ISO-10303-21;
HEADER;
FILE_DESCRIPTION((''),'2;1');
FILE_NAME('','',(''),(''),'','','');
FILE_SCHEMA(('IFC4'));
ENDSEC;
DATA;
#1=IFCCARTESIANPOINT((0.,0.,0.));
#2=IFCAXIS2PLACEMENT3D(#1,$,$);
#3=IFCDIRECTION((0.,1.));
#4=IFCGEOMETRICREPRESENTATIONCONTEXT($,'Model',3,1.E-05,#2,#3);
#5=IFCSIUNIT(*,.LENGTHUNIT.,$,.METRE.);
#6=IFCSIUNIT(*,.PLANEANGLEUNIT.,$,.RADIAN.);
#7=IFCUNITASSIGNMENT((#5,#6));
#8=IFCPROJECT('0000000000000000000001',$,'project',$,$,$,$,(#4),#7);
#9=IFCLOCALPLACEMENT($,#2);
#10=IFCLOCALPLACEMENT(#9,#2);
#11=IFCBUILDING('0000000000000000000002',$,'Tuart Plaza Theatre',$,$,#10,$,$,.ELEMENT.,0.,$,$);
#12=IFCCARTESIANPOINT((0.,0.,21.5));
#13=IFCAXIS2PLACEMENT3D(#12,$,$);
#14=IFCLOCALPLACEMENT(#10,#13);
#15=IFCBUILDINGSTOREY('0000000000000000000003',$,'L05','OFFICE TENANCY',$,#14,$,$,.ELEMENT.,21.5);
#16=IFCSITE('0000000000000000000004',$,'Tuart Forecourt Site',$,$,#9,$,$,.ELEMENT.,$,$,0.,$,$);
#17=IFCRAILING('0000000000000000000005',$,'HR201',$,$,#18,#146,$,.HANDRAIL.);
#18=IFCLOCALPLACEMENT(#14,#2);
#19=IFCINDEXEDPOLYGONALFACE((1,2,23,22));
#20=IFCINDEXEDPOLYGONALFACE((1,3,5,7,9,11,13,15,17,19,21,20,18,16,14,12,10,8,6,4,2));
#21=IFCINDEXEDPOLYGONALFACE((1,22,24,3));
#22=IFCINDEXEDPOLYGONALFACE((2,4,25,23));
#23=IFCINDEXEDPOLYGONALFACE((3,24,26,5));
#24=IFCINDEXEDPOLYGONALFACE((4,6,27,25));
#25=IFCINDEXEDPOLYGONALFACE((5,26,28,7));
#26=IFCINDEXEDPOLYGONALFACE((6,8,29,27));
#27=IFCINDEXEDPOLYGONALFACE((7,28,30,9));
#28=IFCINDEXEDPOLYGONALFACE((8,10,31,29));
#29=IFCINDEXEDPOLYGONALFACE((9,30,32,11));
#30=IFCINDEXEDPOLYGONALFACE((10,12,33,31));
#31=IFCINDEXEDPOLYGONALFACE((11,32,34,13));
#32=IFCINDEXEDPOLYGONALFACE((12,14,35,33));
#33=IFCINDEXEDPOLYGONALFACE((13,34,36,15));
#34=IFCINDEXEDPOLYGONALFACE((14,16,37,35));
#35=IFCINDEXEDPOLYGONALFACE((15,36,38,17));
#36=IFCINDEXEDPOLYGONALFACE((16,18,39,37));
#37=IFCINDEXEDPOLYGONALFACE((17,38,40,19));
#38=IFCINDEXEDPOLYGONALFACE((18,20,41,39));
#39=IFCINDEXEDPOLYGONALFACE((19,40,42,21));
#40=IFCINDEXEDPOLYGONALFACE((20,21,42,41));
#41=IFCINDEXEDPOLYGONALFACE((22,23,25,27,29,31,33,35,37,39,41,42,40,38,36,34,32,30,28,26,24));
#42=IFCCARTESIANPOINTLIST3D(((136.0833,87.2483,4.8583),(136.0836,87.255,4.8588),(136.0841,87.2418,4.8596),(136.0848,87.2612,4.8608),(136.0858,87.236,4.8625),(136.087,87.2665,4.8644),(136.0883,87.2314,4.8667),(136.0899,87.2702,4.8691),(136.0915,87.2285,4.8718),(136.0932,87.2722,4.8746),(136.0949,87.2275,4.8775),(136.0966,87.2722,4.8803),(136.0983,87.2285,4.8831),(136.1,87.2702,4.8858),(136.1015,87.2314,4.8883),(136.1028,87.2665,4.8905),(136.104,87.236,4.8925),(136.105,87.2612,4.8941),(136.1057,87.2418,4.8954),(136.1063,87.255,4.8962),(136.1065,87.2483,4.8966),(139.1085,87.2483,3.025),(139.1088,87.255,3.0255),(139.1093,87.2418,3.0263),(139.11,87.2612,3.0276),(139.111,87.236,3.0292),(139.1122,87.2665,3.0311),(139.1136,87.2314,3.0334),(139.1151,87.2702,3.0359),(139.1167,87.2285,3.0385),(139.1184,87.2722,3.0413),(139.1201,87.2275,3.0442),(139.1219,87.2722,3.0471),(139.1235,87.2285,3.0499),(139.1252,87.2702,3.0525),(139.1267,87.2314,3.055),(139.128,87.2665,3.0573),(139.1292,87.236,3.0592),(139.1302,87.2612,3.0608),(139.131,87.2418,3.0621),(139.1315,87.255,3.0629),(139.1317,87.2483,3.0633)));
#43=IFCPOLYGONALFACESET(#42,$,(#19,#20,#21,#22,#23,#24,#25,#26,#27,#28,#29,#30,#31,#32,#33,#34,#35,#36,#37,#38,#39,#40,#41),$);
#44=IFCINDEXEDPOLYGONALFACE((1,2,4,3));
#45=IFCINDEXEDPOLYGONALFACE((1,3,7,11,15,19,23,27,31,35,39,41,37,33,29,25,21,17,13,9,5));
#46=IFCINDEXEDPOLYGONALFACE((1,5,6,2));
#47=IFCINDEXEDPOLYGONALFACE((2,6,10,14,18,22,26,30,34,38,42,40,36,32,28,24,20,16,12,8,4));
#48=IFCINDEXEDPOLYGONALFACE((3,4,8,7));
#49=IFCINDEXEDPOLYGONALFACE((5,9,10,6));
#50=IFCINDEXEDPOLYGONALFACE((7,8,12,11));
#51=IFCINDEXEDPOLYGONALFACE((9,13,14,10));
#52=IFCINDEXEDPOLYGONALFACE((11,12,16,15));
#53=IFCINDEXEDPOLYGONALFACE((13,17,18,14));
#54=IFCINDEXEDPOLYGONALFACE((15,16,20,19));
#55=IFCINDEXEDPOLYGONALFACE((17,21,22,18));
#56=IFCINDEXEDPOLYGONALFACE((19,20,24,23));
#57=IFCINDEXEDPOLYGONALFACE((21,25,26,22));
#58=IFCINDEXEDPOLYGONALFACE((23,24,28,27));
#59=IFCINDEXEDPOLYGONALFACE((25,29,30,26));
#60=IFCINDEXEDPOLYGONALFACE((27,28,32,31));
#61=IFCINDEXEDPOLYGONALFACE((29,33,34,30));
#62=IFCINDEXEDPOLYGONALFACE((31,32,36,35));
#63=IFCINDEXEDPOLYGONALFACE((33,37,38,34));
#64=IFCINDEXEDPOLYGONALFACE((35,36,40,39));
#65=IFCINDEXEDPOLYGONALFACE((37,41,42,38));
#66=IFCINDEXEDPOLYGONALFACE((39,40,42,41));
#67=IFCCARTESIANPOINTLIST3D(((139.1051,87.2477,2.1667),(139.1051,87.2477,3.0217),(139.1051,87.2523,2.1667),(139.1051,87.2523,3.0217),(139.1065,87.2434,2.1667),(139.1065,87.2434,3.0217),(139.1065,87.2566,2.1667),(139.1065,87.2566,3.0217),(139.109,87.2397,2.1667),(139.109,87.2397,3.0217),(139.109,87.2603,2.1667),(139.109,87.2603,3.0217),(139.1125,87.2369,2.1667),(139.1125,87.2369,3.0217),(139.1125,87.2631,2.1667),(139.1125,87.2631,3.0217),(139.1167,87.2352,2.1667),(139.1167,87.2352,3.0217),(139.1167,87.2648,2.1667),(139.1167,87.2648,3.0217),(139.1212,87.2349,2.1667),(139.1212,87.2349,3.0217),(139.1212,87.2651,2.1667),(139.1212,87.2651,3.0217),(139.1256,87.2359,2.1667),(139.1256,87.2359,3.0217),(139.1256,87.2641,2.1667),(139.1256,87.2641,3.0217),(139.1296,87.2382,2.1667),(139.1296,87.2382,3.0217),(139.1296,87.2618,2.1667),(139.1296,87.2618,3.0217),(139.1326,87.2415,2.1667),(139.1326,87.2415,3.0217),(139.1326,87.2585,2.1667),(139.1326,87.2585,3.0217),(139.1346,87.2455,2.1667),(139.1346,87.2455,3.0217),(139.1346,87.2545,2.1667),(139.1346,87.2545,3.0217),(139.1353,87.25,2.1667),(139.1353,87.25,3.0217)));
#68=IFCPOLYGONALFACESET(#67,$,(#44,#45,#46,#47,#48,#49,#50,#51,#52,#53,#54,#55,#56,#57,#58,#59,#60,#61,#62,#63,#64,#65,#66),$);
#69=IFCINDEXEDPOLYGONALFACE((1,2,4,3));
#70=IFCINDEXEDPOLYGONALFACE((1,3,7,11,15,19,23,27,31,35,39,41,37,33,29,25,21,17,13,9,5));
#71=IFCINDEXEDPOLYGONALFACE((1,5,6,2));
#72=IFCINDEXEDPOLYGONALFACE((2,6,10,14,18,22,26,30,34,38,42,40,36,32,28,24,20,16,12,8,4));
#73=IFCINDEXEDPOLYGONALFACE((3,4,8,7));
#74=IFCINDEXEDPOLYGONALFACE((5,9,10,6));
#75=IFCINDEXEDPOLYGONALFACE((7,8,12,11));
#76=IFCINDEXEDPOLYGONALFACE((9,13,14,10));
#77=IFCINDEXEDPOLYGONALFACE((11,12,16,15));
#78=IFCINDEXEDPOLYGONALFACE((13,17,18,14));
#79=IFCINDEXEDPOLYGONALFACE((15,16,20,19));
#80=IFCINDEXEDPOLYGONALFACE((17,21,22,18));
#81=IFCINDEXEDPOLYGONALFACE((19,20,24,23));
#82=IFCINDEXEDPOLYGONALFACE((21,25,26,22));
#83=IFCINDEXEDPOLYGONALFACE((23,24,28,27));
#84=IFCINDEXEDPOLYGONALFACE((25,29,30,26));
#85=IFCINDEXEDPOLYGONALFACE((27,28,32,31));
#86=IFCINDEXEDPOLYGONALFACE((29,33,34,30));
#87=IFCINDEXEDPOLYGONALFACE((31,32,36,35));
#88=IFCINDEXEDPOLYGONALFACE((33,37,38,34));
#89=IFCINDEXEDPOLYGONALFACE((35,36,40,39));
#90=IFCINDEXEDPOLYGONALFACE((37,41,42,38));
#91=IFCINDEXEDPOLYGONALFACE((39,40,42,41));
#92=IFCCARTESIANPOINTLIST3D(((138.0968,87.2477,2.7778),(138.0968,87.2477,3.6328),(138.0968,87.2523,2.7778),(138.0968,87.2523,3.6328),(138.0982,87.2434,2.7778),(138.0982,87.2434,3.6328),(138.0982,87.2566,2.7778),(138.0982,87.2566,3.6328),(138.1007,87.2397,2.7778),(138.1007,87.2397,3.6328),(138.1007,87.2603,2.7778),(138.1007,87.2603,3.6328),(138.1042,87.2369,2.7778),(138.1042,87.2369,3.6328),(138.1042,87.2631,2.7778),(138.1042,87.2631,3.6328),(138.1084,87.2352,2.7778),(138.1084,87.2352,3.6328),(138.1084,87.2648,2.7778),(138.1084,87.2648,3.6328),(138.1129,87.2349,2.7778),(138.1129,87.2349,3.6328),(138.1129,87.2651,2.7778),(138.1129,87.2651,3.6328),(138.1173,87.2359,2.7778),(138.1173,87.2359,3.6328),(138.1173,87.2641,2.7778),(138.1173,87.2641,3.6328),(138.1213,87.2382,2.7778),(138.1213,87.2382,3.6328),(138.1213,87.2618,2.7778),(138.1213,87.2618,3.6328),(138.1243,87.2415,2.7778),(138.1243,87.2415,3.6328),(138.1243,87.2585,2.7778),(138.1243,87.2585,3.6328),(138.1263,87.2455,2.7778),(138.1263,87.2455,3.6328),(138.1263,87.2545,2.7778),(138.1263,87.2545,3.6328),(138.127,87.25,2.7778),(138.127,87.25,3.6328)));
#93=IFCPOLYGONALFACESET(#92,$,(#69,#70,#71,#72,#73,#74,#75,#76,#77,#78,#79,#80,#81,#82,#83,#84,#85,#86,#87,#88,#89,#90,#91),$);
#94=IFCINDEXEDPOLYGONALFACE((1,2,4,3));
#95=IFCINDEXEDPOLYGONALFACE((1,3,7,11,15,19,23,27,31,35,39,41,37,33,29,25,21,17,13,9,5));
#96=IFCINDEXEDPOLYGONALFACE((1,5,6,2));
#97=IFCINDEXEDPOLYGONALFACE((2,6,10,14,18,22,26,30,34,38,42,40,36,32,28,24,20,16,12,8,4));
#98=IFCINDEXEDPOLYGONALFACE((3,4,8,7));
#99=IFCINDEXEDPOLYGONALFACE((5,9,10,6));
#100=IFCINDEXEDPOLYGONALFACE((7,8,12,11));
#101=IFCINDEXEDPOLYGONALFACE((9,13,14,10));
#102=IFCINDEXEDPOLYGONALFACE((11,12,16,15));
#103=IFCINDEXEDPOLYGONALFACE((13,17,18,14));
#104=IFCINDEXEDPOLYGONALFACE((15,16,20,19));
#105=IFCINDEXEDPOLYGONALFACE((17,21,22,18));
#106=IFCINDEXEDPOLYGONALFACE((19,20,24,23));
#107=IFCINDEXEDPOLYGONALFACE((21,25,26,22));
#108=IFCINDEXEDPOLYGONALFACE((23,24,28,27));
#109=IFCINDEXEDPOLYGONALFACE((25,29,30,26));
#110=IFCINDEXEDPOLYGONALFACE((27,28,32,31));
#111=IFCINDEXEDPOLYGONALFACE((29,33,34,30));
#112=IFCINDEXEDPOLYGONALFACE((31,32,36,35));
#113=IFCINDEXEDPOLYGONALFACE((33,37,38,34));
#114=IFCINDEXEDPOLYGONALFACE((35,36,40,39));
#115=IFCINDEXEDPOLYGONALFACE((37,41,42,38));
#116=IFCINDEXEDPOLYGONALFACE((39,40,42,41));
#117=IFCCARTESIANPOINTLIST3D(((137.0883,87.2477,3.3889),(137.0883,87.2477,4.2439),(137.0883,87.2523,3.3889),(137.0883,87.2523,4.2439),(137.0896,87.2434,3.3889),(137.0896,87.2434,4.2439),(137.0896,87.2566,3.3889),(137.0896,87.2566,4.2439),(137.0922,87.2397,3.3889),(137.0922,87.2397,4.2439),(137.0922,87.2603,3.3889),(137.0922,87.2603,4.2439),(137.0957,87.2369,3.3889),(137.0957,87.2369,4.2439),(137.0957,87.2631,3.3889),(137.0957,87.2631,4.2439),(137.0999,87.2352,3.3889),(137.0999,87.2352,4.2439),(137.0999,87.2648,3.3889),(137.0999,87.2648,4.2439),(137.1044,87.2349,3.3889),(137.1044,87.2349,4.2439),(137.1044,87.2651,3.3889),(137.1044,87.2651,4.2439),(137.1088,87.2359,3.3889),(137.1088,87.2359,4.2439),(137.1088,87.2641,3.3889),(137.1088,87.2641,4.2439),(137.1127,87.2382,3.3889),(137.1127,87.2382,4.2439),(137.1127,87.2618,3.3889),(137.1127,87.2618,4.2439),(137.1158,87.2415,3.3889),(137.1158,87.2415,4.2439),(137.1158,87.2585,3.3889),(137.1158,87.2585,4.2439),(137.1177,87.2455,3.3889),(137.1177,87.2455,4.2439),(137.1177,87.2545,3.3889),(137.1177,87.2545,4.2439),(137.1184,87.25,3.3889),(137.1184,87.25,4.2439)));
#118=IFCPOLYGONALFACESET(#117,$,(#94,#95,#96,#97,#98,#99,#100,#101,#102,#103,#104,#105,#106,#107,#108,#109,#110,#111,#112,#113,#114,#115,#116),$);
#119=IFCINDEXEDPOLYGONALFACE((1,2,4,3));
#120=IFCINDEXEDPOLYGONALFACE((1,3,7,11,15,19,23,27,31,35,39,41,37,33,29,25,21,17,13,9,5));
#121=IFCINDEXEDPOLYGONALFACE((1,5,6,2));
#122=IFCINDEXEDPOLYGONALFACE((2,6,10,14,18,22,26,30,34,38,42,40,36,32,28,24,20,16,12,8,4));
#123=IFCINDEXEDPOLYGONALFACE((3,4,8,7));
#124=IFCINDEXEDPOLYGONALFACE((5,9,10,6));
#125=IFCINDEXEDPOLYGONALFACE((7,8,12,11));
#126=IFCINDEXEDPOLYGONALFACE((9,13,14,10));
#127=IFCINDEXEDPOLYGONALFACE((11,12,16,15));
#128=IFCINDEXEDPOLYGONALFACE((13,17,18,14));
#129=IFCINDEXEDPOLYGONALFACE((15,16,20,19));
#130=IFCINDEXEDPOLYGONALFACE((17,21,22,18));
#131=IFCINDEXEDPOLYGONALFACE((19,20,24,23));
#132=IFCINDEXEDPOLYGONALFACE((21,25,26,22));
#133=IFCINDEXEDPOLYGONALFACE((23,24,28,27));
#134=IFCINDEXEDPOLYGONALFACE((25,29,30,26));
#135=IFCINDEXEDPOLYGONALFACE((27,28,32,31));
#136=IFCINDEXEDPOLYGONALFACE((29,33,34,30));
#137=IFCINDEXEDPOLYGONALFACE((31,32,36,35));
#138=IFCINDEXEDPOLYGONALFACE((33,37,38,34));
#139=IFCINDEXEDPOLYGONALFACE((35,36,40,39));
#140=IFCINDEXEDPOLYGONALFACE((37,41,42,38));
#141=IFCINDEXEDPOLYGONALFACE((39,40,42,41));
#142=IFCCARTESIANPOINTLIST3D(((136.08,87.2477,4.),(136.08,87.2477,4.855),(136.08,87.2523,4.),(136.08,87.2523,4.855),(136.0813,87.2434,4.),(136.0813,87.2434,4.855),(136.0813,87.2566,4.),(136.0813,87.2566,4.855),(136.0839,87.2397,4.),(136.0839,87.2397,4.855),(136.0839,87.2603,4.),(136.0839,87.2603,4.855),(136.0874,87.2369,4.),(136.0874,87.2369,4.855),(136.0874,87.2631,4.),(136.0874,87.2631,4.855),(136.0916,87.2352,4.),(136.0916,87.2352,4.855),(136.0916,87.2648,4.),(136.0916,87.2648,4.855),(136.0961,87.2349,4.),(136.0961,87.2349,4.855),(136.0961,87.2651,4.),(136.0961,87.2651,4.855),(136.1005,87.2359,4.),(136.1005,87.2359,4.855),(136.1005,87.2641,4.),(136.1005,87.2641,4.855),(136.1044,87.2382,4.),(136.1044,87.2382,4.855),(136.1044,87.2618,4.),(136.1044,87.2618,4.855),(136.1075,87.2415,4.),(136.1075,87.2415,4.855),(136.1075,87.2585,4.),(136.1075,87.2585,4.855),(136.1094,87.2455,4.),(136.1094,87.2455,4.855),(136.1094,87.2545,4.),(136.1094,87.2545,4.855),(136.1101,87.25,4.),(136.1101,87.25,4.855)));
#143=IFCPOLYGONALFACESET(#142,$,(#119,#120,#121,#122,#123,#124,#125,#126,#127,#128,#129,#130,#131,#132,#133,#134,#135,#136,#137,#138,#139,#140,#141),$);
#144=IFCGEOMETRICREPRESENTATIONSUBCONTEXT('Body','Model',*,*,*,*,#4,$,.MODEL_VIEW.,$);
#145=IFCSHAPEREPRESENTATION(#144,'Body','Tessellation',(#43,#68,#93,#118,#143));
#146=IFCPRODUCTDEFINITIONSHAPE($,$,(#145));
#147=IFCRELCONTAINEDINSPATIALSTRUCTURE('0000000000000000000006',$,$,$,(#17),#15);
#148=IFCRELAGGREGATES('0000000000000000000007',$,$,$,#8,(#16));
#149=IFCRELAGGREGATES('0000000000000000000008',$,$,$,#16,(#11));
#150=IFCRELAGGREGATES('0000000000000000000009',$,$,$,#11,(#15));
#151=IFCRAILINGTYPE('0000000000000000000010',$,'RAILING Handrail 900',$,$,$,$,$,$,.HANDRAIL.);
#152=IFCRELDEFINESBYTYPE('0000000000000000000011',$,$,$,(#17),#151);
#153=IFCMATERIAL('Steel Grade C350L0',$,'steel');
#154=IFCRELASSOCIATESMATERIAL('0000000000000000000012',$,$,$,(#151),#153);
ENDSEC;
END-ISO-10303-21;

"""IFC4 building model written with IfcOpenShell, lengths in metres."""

from ifc_helpers import new_model, si_unit, direction, frame, origin, origin_2d, place, context, subcontext, project, spatial, circle, extrude, material, type_object, element, save


model = new_model("IFC4")

# Units and contexts
model_context = context("Model", 3, precision=1e-05, world=origin(), true_north=direction((0.0, 1.0)))
body_context = subcontext(model_context, "Body", "Model", "MODEL_VIEW")
ifc_project = project(units=[si_unit("LENGTHUNIT", "METRE"), si_unit("PLANEANGLEUNIT", "RADIAN")], contexts=[model_context])

# Site, building, storey
site_placement = place(None, origin())
site = spatial("IfcSite", under=ifc_project, at=site_placement, Name="Tuart Forecourt Site", CompositionType="ELEMENT", RefElevation=0.0)
building_placement = place(site_placement, origin())
building = spatial("IfcBuilding", under=site, at=building_placement, Name="Tuart Plaza Theatre", CompositionType="ELEMENT", ElevationOfRefHeight=0.0)
storey_placement = place(building_placement, frame((0.0, 0.0, 21.5)))
storey = spatial("IfcBuildingStorey", under=building, at=storey_placement, Name="L05", Description="OFFICE TENANCY", CompositionType="ELEMENT", Elevation=21.5)

# Railing
ifc_material_1 = material(Name="Steel Grade C350L0", Category="steel")
railing_type_1 = type_object("IfcRailingType", Name="RAILING Handrail 900", PredefinedType="HANDRAIL", material=ifc_material_1)
for number, where, name in (
    (1, (139.1201, 87.25, 2.1667), "HR201"),
):
    element("IfcRailing", number, at=place(storey_placement, frame(where)), inside=storey, type_object=railing_type_1, Name=name, PredefinedType="HANDRAIL", context=body_context, shape_type="SweptSolid", body=[
        extrude(circle(Radius=0.0225, at=origin_2d()), frame((0.0, 0.0, 0.8774), z_axis=(-0.855219, 0.0, 0.518267), x_axis=(0.0, -1.0, 0.0)), (0.0, 0.0, 1.0), 3.5374),
        extrude(circle(Radius=0.0151, at=origin_2d()), origin(), (0.0, 0.0, 1.0), 0.855),
        extrude(circle(Radius=0.0151, at=origin_2d()), frame((-1.0083, 0.0, 0.6111)), (0.0, 0.0, 1.0), 0.855),
        extrude(circle(Radius=0.0151, at=origin_2d()), frame((-2.0168, 0.0, 1.2222)), (0.0, 0.0, 1.0), 0.855),
        extrude(circle(Radius=0.0151, at=origin_2d()), frame((-3.0251, 0.0, 1.8333)), (0.0, 0.0, 1.0), 0.855),
    ])

save(model, "model.ifc")
